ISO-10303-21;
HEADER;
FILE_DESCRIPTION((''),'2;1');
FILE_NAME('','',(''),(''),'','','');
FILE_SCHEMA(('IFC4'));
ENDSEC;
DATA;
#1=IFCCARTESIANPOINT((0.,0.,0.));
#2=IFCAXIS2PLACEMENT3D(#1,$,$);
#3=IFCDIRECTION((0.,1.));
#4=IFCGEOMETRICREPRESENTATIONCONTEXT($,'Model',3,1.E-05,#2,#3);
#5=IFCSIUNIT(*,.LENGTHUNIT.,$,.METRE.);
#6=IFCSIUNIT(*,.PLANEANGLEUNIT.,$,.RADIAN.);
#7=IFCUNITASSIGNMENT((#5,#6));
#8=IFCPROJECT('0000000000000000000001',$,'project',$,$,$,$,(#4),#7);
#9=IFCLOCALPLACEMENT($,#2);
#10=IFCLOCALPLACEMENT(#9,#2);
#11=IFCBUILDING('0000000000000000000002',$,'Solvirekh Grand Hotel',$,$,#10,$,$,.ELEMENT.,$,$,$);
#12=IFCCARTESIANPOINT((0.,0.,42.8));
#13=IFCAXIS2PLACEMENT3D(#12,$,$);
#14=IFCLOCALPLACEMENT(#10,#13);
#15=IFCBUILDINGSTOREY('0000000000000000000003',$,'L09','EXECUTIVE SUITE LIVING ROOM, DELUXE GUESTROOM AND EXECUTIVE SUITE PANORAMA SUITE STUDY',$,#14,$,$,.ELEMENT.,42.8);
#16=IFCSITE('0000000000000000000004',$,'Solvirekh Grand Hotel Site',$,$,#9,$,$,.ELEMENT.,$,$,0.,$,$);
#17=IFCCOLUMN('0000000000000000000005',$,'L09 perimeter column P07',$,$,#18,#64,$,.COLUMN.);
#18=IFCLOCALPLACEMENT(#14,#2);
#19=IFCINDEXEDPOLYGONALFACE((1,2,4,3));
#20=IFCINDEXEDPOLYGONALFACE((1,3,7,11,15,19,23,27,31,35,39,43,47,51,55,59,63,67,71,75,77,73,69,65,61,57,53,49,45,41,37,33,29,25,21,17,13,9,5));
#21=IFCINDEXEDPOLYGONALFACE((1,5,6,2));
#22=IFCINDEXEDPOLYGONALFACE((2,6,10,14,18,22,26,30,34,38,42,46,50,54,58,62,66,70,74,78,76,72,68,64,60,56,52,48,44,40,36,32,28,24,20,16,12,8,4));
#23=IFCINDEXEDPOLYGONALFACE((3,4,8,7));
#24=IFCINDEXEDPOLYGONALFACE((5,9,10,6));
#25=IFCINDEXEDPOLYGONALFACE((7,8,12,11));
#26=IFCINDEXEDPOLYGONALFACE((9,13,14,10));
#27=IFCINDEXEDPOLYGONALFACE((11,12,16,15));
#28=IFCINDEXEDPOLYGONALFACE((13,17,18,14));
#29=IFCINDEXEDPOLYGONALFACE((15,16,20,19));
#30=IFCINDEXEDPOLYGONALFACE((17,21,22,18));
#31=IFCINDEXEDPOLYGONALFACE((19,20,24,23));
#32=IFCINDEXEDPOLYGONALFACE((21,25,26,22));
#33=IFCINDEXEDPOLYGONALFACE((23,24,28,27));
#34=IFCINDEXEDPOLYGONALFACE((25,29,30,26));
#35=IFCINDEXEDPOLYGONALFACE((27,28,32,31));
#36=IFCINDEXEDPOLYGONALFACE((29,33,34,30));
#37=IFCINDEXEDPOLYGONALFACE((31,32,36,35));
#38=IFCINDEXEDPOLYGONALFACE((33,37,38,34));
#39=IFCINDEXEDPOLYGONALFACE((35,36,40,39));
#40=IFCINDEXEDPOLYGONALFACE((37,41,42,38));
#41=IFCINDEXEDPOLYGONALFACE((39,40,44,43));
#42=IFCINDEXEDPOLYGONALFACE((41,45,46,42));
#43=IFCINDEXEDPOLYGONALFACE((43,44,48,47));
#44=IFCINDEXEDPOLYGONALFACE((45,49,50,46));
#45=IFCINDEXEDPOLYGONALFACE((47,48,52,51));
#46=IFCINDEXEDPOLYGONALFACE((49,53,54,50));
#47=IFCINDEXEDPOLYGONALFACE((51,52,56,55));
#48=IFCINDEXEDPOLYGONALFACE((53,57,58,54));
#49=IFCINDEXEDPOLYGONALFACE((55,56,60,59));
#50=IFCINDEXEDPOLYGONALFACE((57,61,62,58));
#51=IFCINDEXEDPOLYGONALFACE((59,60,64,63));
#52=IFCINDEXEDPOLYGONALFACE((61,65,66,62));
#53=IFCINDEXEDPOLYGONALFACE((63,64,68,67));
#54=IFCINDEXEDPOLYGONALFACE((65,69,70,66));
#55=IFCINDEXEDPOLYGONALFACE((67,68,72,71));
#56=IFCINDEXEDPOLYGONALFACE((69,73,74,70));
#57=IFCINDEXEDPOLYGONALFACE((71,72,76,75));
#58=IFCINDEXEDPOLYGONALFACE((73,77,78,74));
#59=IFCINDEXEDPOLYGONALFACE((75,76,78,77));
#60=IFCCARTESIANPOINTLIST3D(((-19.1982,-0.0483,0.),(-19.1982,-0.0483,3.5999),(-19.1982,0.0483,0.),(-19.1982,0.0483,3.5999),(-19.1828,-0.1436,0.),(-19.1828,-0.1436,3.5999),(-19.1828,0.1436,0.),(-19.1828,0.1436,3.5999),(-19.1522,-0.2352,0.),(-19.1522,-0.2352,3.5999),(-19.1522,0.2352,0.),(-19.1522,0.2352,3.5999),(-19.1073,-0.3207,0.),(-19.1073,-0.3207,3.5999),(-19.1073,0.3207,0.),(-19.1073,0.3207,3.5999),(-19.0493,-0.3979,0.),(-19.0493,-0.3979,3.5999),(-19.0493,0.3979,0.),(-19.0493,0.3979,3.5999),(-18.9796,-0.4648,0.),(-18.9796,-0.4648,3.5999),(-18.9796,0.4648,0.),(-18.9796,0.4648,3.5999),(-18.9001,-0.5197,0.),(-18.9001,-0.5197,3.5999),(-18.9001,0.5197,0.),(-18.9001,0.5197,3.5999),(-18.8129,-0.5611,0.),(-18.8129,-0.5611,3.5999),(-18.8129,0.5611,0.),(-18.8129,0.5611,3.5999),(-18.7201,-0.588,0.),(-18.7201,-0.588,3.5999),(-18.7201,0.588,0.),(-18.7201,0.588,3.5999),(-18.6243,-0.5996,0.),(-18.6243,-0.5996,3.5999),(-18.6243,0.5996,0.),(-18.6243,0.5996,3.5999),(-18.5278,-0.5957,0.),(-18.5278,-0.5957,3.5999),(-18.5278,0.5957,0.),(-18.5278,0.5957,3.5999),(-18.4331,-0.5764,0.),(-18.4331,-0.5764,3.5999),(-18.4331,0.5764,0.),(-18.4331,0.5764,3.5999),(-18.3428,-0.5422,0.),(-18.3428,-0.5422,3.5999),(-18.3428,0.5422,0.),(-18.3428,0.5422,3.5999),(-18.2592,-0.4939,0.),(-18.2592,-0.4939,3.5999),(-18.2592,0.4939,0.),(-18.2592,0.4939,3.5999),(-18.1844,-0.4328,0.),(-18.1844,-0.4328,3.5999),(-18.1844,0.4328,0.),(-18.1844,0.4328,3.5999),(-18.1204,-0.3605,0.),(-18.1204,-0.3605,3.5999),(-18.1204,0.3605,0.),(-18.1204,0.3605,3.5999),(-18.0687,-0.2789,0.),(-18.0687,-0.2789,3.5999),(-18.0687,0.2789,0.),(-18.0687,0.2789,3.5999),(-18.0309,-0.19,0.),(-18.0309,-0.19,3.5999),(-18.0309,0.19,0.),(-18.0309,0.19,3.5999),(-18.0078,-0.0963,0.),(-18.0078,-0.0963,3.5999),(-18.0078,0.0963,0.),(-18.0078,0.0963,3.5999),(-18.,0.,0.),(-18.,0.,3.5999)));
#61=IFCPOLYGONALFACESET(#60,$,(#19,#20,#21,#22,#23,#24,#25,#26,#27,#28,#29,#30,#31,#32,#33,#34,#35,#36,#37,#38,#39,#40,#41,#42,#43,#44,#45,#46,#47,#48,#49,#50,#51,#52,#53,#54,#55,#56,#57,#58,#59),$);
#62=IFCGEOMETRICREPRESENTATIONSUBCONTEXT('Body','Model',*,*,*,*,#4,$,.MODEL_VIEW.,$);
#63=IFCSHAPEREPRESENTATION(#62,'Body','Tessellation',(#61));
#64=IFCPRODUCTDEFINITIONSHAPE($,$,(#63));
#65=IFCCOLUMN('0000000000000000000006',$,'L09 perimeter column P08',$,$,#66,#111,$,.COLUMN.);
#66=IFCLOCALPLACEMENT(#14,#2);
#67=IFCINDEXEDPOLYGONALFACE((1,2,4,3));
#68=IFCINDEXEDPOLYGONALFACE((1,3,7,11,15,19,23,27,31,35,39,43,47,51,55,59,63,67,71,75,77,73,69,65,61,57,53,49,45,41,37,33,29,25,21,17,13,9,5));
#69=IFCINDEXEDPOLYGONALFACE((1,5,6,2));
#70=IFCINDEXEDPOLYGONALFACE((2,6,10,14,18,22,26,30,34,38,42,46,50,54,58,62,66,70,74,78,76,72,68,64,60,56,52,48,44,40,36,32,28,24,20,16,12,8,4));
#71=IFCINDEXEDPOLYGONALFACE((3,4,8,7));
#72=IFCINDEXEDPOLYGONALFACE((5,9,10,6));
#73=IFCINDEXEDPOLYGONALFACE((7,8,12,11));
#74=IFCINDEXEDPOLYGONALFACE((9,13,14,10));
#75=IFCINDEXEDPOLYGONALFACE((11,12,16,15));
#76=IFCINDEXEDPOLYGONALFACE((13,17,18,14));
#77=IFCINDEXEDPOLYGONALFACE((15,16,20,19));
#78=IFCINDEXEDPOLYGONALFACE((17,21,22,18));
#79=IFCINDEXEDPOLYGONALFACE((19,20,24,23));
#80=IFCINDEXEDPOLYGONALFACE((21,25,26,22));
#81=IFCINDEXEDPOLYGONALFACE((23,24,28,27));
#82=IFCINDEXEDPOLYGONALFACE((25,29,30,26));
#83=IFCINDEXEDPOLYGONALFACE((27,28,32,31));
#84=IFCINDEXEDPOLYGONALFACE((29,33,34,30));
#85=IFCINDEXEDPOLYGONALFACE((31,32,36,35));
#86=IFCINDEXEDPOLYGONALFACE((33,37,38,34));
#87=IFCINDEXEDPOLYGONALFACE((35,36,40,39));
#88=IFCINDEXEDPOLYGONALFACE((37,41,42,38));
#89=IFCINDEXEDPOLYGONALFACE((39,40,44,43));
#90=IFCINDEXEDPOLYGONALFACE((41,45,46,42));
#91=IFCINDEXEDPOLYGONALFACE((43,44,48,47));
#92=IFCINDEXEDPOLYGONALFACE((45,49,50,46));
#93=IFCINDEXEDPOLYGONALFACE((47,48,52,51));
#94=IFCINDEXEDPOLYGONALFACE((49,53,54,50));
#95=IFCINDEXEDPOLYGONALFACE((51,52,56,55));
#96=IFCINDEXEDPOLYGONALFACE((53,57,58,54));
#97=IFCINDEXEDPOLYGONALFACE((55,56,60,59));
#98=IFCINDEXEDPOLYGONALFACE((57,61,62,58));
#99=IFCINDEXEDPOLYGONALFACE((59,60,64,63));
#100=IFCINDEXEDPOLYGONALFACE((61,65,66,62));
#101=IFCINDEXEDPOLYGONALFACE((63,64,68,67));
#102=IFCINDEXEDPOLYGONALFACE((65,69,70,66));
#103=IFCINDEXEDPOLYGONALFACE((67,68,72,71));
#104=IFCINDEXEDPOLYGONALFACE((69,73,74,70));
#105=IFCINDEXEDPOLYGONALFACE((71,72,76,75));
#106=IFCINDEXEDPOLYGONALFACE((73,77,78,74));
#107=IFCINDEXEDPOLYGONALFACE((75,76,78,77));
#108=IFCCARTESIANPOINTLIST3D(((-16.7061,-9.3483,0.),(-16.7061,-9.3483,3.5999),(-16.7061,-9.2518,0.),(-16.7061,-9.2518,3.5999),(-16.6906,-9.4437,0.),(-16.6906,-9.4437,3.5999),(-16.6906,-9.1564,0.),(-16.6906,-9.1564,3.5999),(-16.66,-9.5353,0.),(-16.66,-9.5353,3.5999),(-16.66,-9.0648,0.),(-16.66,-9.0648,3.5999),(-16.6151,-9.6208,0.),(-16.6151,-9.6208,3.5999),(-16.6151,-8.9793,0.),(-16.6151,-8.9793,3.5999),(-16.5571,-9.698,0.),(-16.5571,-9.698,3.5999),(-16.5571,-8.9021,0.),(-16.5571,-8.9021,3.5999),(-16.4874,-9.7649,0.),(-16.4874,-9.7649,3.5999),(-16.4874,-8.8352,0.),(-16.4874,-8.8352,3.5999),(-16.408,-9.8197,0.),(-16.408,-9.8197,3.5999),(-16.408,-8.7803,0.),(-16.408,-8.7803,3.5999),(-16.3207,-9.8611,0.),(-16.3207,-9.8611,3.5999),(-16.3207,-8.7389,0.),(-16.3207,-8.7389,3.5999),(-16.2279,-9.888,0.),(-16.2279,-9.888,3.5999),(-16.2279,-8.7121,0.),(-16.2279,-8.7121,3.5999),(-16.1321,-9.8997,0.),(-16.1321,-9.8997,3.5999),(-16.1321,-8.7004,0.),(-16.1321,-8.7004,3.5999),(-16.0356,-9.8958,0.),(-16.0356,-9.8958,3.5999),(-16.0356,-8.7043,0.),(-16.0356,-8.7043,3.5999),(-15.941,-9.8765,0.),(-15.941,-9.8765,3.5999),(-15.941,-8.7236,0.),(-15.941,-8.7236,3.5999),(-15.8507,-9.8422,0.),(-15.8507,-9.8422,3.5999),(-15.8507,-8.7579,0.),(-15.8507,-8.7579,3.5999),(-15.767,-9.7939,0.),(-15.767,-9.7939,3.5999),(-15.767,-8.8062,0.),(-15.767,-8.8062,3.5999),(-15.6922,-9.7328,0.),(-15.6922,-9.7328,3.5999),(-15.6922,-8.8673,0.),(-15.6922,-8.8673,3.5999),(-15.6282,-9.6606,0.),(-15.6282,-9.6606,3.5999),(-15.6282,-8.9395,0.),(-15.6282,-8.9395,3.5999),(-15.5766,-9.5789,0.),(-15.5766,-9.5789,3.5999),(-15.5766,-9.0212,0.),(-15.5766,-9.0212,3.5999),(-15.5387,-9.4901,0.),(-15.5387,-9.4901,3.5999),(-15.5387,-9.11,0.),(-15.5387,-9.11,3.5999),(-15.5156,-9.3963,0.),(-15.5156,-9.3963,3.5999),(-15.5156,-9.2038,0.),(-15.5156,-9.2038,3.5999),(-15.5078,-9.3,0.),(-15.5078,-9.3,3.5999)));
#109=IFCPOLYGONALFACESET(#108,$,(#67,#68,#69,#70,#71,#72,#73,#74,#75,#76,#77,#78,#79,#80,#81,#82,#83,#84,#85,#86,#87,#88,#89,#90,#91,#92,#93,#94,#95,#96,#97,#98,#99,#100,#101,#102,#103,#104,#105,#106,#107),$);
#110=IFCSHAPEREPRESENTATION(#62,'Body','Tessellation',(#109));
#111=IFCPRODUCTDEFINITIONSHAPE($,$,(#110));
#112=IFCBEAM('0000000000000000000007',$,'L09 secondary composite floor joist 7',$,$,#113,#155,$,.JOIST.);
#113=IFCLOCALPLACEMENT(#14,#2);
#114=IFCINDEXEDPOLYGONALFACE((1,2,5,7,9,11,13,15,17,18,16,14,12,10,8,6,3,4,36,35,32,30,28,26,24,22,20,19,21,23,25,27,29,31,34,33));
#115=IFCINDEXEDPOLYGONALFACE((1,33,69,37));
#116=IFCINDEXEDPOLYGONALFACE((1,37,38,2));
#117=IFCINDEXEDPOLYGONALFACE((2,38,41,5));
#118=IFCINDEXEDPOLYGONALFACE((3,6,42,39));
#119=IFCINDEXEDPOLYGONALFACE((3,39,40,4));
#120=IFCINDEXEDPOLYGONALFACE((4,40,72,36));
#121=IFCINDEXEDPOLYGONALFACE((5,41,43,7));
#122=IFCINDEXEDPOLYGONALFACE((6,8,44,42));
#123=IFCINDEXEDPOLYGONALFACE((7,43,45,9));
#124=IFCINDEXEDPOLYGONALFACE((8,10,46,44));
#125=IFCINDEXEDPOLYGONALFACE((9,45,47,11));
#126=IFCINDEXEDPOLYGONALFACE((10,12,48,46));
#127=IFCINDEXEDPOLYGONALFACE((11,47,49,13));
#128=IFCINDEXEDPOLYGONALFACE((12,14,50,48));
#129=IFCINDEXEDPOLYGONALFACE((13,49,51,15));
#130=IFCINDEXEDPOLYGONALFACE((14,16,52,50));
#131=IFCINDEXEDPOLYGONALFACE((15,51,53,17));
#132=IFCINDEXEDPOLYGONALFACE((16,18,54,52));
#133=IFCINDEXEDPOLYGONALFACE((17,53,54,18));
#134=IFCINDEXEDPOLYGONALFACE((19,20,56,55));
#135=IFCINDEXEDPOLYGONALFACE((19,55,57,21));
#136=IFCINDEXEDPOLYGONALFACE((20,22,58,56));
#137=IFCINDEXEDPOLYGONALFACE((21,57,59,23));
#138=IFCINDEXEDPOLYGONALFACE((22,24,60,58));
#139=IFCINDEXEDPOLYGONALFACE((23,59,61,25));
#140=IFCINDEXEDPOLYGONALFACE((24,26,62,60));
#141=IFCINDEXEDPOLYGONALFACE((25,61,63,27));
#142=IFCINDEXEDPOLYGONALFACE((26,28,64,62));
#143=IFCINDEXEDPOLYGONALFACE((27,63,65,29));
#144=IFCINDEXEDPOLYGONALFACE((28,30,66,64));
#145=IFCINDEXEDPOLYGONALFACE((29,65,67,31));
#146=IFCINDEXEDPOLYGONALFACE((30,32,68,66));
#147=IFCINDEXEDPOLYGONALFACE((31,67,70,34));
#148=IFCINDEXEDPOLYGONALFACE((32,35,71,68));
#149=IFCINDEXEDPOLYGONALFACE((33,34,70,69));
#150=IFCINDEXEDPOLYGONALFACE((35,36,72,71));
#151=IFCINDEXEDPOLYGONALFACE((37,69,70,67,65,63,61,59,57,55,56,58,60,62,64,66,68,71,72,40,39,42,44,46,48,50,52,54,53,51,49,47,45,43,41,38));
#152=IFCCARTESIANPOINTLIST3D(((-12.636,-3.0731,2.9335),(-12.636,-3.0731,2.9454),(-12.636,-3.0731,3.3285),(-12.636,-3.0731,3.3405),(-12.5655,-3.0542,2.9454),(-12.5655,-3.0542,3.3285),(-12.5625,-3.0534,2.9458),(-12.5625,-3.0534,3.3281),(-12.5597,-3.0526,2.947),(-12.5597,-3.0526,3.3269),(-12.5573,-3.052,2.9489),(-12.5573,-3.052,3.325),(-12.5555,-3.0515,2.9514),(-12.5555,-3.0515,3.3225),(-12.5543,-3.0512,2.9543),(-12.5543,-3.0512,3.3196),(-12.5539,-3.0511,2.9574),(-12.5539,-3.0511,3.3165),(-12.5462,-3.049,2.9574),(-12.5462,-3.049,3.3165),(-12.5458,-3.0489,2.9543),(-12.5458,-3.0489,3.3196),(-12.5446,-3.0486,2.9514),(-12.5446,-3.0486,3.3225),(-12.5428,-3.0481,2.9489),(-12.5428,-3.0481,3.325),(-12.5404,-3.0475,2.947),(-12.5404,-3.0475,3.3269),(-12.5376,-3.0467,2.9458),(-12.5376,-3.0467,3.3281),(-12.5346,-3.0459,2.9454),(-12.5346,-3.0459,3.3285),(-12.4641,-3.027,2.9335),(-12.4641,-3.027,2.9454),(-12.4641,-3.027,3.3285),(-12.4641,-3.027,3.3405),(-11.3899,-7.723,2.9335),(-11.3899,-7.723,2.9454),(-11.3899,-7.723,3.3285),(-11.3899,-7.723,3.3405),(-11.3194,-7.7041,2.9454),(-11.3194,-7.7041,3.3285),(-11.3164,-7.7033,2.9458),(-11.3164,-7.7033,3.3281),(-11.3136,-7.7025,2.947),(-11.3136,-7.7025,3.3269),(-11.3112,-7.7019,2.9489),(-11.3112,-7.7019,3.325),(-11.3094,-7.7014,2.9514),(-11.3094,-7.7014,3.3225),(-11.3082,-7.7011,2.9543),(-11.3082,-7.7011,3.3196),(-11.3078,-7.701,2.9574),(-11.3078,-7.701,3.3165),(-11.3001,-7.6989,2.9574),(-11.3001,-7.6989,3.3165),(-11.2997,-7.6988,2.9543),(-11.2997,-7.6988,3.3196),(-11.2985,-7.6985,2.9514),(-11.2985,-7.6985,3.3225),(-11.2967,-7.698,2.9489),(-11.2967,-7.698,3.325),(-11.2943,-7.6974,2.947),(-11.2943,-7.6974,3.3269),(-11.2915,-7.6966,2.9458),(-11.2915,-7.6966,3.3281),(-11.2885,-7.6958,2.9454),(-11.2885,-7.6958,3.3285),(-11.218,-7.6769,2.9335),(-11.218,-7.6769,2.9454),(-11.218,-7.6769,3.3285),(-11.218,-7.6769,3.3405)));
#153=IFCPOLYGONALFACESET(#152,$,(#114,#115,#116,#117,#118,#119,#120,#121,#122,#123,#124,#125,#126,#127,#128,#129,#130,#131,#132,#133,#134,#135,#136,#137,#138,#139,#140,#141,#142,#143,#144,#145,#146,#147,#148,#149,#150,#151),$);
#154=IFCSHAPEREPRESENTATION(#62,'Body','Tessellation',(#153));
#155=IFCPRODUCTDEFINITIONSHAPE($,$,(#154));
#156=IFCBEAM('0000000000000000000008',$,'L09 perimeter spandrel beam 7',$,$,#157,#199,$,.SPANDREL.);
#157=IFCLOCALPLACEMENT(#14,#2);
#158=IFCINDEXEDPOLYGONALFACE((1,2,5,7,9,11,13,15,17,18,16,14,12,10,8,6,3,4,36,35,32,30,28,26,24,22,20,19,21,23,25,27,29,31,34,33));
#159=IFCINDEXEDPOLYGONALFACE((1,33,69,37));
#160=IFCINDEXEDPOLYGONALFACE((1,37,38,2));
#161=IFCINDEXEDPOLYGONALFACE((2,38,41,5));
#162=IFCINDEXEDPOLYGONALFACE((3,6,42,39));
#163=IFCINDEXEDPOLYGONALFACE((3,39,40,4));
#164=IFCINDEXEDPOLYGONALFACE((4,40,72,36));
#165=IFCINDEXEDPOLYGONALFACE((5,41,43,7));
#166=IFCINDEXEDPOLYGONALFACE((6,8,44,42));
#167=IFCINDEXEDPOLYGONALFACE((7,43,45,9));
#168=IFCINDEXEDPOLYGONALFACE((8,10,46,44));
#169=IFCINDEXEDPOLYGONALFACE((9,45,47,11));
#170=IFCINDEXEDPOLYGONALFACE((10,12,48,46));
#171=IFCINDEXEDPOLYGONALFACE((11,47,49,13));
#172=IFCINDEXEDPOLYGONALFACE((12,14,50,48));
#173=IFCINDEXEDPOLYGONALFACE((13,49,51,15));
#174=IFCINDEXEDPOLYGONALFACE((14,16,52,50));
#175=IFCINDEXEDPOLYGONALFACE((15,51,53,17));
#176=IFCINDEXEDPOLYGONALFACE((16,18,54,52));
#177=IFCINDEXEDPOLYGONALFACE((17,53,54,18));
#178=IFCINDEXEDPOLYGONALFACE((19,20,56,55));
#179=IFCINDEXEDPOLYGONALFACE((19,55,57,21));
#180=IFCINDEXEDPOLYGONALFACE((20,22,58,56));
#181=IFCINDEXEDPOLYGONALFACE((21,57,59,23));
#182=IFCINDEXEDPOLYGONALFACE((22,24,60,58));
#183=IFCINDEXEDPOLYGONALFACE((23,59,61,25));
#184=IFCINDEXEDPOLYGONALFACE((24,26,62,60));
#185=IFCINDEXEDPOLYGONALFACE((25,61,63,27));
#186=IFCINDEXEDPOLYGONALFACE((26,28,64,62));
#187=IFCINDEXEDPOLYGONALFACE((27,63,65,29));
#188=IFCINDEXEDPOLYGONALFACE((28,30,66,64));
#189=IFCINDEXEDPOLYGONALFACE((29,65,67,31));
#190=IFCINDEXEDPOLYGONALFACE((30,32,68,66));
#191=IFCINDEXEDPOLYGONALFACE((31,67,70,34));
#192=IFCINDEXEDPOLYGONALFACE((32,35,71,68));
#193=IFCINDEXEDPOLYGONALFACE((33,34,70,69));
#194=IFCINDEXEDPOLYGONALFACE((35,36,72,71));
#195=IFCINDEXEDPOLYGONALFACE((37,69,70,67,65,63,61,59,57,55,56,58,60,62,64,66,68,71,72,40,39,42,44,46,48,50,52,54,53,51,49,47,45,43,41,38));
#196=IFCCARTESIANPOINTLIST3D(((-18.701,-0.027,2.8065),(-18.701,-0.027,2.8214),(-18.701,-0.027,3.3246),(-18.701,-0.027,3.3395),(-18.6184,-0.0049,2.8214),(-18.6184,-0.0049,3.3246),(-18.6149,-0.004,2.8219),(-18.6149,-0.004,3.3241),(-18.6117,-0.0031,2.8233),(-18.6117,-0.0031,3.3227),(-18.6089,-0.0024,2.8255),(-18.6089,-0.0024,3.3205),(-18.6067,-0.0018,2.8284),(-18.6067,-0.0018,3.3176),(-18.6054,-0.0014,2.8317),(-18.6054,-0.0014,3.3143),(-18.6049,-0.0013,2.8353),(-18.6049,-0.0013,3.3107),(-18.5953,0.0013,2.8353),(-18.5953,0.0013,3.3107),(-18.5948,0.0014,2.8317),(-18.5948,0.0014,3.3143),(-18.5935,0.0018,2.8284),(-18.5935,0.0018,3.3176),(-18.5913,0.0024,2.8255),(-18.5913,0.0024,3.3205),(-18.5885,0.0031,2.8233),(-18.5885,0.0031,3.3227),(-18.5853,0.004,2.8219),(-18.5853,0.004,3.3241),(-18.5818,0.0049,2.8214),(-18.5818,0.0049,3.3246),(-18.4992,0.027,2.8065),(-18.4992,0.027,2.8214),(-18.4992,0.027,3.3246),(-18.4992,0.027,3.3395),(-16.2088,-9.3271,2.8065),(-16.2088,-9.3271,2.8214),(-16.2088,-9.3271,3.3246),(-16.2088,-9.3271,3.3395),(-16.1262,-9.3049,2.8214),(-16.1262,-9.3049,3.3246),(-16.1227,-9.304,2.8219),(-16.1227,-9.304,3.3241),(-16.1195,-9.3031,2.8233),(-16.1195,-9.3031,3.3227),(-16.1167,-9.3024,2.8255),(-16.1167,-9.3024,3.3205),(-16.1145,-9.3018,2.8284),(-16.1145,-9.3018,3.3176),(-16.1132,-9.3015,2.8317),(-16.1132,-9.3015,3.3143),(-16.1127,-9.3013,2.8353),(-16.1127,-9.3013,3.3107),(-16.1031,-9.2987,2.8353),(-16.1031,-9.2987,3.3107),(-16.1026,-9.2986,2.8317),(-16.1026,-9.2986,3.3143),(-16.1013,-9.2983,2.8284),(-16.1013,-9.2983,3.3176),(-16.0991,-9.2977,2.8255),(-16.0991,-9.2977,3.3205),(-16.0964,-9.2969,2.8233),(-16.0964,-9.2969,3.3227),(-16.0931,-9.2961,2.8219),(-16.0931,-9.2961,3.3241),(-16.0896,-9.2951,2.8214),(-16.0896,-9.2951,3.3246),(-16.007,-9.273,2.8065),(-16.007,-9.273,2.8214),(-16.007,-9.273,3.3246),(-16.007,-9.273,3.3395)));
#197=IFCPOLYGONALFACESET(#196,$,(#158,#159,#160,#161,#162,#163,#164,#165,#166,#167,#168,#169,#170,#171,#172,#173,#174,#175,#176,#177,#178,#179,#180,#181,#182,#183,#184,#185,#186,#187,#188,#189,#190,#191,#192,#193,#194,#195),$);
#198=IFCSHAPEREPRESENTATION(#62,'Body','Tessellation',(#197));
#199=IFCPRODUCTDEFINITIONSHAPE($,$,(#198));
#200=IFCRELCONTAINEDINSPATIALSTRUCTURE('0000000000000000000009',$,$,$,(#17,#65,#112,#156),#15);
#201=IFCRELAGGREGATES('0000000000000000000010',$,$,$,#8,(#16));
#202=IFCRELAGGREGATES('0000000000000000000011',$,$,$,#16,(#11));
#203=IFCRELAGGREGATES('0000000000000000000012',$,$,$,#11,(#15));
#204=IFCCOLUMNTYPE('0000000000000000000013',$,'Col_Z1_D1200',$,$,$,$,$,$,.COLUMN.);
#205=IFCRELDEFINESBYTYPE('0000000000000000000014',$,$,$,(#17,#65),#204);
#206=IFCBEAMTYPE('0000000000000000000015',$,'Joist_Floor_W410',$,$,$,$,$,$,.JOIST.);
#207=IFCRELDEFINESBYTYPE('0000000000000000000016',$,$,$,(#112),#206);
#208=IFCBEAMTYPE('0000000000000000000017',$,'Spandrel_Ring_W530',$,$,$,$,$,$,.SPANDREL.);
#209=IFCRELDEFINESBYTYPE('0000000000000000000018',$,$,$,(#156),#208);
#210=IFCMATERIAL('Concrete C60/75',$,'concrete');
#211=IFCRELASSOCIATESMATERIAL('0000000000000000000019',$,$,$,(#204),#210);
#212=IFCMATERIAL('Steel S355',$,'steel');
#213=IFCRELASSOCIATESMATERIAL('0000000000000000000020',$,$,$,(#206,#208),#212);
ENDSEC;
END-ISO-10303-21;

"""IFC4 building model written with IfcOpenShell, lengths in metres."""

from ifc_helpers import new_model, si_unit, direction, frame, origin, origin_2d, place, context, subcontext, project, spatial, circle, i_section, extrude, material, material_profile, profile_set, type_object, element, save


model = new_model("IFC4")

# Units and contexts
model_context = context("Model", 3, precision=1e-05, world=origin(), true_north=direction((0.0, 1.0)))
body_context = subcontext(model_context, "Body", "Model", "MODEL_VIEW")
ifc_project = project(units=[si_unit("LENGTHUNIT", "METRE"), si_unit("PLANEANGLEUNIT", "RADIAN")], contexts=[model_context])

# Site, building, storey
site_placement = place(None, origin())
site = spatial("IfcSite", under=ifc_project, at=site_placement, Name="Solvirekh Grand Hotel Site", CompositionType="ELEMENT", RefElevation=0.0)
building_placement = place(site_placement, origin())
building = spatial("IfcBuilding", under=site, at=building_placement, Name="Solvirekh Grand Hotel", CompositionType="ELEMENT")
storey_placement = place(building_placement, frame((0.0, 0.0, 42.8)))
storey = spatial("IfcBuildingStorey", under=building, at=storey_placement, Name="L09", Description="EXECUTIVE SUITE LIVING ROOM, DELUXE GUESTROOM AND EXECUTIVE SUITE PANORAMA SUITE STUDY", CompositionType="ELEMENT", Elevation=42.8)

# Columns
ifc_material_1 = material(Name="Concrete C60/75", Category="concrete")
ifc_material_profile_1 = material_profile(ifc_material_1, circle(Radius=0.6001, at=origin_2d()), Name="RC CIRC D1200")
ifc_profile_set_1 = profile_set([ifc_material_profile_1], Name="Concrete C60/75")
column_type = type_object("IfcColumnType", Name="Col_Z1_D1200", PredefinedType="COLUMN", material=ifc_profile_set_1)
for number, where, z_axis, x_axis, name in (
    (1, (-18.6001, 0.0, 0.0), (0.0, 0.0, 1.0), (1.0, 0.0, 0.0), "L09 perimeter column P07"),
    (2, (-16.1079, -9.3, 0.0), (0.0, 0.0, 1.0), (1.0, 0.0, 0.0), "L09 perimeter column P08"),
):
    element("IfcColumn", number, at=place(storey_placement, frame(where, z_axis=z_axis, x_axis=x_axis)), inside=storey, type_object=column_type, Name=name, PredefinedType="COLUMN", context=body_context, shape_type="SweptSolid", body=[
        extrude(circle(Radius=0.6001, at=origin_2d()), origin(), (0.0, 0.0, 1.0), 3.5999),
    ])

# Beams
ifc_material_2 = material(Name="Steel S355", Category="steel")
ifc_material_profile_2 = material_profile(ifc_material_2, i_section(OverallWidth=0.178, OverallDepth=0.407, WebThickness=0.0081, FlangeThickness=0.012, FilletRadius=0.012, at=origin_2d()), Name="W410X60")
ifc_profile_set_2 = profile_set([ifc_material_profile_2], Name="Steel S355")
beam_type_1 = type_object("IfcBeamType", Name="Joist_Floor_W410", PredefinedType="JOIST", material=ifc_profile_set_2)
beam_1_placement = place(storey_placement, frame((-12.55, -3.05, 3.137), z_axis=(0.258849, -0.965918, 0.0), x_axis=(0.965918, 0.258849, 0.0)))
element("IfcBeam", 3, at=beam_1_placement, inside=storey, type_object=beam_type_1, Name="L09 secondary composite floor joist 7", PredefinedType="JOIST", context=body_context, shape_type="SweptSolid", body=[
    extrude(i_section(OverallWidth=0.178, OverallDepth=0.407, WebThickness=0.0081, FlangeThickness=0.012, FilletRadius=0.012, at=origin_2d()), origin(), (0.0, 0.0, 1.0), 4.814),
])
ifc_material_profile_3 = material_profile(ifc_material_2, i_section(OverallWidth=0.209, OverallDepth=0.533, WebThickness=0.01, FlangeThickness=0.0149, FilletRadius=0.0139, at=origin_2d()), Name="W530X92")
ifc_profile_set_3 = profile_set([ifc_material_profile_3], Name="Steel S355")
beam_type_2 = type_object("IfcBeamType", Name="Spandrel_Ring_W530", PredefinedType="SPANDREL", material=ifc_profile_set_3)
beam_2_placement = place(storey_placement, frame((-18.6001, 0.0, 3.073), z_axis=(0.258843, -0.965919, 0.0), x_axis=(0.965919, 0.258843, 0.0)))
element("IfcBeam", 4, at=beam_2_placement, inside=storey, type_object=beam_type_2, Name="L09 perimeter spandrel beam 7", PredefinedType="SPANDREL", context=body_context, shape_type="SweptSolid", body=[
    extrude(i_section(OverallWidth=0.209, OverallDepth=0.533, WebThickness=0.01, FlangeThickness=0.0149, FilletRadius=0.0139, at=origin_2d()), origin(), (0.0, 0.0, 1.0), 9.6282),
])

save(model, "model.ifc")
